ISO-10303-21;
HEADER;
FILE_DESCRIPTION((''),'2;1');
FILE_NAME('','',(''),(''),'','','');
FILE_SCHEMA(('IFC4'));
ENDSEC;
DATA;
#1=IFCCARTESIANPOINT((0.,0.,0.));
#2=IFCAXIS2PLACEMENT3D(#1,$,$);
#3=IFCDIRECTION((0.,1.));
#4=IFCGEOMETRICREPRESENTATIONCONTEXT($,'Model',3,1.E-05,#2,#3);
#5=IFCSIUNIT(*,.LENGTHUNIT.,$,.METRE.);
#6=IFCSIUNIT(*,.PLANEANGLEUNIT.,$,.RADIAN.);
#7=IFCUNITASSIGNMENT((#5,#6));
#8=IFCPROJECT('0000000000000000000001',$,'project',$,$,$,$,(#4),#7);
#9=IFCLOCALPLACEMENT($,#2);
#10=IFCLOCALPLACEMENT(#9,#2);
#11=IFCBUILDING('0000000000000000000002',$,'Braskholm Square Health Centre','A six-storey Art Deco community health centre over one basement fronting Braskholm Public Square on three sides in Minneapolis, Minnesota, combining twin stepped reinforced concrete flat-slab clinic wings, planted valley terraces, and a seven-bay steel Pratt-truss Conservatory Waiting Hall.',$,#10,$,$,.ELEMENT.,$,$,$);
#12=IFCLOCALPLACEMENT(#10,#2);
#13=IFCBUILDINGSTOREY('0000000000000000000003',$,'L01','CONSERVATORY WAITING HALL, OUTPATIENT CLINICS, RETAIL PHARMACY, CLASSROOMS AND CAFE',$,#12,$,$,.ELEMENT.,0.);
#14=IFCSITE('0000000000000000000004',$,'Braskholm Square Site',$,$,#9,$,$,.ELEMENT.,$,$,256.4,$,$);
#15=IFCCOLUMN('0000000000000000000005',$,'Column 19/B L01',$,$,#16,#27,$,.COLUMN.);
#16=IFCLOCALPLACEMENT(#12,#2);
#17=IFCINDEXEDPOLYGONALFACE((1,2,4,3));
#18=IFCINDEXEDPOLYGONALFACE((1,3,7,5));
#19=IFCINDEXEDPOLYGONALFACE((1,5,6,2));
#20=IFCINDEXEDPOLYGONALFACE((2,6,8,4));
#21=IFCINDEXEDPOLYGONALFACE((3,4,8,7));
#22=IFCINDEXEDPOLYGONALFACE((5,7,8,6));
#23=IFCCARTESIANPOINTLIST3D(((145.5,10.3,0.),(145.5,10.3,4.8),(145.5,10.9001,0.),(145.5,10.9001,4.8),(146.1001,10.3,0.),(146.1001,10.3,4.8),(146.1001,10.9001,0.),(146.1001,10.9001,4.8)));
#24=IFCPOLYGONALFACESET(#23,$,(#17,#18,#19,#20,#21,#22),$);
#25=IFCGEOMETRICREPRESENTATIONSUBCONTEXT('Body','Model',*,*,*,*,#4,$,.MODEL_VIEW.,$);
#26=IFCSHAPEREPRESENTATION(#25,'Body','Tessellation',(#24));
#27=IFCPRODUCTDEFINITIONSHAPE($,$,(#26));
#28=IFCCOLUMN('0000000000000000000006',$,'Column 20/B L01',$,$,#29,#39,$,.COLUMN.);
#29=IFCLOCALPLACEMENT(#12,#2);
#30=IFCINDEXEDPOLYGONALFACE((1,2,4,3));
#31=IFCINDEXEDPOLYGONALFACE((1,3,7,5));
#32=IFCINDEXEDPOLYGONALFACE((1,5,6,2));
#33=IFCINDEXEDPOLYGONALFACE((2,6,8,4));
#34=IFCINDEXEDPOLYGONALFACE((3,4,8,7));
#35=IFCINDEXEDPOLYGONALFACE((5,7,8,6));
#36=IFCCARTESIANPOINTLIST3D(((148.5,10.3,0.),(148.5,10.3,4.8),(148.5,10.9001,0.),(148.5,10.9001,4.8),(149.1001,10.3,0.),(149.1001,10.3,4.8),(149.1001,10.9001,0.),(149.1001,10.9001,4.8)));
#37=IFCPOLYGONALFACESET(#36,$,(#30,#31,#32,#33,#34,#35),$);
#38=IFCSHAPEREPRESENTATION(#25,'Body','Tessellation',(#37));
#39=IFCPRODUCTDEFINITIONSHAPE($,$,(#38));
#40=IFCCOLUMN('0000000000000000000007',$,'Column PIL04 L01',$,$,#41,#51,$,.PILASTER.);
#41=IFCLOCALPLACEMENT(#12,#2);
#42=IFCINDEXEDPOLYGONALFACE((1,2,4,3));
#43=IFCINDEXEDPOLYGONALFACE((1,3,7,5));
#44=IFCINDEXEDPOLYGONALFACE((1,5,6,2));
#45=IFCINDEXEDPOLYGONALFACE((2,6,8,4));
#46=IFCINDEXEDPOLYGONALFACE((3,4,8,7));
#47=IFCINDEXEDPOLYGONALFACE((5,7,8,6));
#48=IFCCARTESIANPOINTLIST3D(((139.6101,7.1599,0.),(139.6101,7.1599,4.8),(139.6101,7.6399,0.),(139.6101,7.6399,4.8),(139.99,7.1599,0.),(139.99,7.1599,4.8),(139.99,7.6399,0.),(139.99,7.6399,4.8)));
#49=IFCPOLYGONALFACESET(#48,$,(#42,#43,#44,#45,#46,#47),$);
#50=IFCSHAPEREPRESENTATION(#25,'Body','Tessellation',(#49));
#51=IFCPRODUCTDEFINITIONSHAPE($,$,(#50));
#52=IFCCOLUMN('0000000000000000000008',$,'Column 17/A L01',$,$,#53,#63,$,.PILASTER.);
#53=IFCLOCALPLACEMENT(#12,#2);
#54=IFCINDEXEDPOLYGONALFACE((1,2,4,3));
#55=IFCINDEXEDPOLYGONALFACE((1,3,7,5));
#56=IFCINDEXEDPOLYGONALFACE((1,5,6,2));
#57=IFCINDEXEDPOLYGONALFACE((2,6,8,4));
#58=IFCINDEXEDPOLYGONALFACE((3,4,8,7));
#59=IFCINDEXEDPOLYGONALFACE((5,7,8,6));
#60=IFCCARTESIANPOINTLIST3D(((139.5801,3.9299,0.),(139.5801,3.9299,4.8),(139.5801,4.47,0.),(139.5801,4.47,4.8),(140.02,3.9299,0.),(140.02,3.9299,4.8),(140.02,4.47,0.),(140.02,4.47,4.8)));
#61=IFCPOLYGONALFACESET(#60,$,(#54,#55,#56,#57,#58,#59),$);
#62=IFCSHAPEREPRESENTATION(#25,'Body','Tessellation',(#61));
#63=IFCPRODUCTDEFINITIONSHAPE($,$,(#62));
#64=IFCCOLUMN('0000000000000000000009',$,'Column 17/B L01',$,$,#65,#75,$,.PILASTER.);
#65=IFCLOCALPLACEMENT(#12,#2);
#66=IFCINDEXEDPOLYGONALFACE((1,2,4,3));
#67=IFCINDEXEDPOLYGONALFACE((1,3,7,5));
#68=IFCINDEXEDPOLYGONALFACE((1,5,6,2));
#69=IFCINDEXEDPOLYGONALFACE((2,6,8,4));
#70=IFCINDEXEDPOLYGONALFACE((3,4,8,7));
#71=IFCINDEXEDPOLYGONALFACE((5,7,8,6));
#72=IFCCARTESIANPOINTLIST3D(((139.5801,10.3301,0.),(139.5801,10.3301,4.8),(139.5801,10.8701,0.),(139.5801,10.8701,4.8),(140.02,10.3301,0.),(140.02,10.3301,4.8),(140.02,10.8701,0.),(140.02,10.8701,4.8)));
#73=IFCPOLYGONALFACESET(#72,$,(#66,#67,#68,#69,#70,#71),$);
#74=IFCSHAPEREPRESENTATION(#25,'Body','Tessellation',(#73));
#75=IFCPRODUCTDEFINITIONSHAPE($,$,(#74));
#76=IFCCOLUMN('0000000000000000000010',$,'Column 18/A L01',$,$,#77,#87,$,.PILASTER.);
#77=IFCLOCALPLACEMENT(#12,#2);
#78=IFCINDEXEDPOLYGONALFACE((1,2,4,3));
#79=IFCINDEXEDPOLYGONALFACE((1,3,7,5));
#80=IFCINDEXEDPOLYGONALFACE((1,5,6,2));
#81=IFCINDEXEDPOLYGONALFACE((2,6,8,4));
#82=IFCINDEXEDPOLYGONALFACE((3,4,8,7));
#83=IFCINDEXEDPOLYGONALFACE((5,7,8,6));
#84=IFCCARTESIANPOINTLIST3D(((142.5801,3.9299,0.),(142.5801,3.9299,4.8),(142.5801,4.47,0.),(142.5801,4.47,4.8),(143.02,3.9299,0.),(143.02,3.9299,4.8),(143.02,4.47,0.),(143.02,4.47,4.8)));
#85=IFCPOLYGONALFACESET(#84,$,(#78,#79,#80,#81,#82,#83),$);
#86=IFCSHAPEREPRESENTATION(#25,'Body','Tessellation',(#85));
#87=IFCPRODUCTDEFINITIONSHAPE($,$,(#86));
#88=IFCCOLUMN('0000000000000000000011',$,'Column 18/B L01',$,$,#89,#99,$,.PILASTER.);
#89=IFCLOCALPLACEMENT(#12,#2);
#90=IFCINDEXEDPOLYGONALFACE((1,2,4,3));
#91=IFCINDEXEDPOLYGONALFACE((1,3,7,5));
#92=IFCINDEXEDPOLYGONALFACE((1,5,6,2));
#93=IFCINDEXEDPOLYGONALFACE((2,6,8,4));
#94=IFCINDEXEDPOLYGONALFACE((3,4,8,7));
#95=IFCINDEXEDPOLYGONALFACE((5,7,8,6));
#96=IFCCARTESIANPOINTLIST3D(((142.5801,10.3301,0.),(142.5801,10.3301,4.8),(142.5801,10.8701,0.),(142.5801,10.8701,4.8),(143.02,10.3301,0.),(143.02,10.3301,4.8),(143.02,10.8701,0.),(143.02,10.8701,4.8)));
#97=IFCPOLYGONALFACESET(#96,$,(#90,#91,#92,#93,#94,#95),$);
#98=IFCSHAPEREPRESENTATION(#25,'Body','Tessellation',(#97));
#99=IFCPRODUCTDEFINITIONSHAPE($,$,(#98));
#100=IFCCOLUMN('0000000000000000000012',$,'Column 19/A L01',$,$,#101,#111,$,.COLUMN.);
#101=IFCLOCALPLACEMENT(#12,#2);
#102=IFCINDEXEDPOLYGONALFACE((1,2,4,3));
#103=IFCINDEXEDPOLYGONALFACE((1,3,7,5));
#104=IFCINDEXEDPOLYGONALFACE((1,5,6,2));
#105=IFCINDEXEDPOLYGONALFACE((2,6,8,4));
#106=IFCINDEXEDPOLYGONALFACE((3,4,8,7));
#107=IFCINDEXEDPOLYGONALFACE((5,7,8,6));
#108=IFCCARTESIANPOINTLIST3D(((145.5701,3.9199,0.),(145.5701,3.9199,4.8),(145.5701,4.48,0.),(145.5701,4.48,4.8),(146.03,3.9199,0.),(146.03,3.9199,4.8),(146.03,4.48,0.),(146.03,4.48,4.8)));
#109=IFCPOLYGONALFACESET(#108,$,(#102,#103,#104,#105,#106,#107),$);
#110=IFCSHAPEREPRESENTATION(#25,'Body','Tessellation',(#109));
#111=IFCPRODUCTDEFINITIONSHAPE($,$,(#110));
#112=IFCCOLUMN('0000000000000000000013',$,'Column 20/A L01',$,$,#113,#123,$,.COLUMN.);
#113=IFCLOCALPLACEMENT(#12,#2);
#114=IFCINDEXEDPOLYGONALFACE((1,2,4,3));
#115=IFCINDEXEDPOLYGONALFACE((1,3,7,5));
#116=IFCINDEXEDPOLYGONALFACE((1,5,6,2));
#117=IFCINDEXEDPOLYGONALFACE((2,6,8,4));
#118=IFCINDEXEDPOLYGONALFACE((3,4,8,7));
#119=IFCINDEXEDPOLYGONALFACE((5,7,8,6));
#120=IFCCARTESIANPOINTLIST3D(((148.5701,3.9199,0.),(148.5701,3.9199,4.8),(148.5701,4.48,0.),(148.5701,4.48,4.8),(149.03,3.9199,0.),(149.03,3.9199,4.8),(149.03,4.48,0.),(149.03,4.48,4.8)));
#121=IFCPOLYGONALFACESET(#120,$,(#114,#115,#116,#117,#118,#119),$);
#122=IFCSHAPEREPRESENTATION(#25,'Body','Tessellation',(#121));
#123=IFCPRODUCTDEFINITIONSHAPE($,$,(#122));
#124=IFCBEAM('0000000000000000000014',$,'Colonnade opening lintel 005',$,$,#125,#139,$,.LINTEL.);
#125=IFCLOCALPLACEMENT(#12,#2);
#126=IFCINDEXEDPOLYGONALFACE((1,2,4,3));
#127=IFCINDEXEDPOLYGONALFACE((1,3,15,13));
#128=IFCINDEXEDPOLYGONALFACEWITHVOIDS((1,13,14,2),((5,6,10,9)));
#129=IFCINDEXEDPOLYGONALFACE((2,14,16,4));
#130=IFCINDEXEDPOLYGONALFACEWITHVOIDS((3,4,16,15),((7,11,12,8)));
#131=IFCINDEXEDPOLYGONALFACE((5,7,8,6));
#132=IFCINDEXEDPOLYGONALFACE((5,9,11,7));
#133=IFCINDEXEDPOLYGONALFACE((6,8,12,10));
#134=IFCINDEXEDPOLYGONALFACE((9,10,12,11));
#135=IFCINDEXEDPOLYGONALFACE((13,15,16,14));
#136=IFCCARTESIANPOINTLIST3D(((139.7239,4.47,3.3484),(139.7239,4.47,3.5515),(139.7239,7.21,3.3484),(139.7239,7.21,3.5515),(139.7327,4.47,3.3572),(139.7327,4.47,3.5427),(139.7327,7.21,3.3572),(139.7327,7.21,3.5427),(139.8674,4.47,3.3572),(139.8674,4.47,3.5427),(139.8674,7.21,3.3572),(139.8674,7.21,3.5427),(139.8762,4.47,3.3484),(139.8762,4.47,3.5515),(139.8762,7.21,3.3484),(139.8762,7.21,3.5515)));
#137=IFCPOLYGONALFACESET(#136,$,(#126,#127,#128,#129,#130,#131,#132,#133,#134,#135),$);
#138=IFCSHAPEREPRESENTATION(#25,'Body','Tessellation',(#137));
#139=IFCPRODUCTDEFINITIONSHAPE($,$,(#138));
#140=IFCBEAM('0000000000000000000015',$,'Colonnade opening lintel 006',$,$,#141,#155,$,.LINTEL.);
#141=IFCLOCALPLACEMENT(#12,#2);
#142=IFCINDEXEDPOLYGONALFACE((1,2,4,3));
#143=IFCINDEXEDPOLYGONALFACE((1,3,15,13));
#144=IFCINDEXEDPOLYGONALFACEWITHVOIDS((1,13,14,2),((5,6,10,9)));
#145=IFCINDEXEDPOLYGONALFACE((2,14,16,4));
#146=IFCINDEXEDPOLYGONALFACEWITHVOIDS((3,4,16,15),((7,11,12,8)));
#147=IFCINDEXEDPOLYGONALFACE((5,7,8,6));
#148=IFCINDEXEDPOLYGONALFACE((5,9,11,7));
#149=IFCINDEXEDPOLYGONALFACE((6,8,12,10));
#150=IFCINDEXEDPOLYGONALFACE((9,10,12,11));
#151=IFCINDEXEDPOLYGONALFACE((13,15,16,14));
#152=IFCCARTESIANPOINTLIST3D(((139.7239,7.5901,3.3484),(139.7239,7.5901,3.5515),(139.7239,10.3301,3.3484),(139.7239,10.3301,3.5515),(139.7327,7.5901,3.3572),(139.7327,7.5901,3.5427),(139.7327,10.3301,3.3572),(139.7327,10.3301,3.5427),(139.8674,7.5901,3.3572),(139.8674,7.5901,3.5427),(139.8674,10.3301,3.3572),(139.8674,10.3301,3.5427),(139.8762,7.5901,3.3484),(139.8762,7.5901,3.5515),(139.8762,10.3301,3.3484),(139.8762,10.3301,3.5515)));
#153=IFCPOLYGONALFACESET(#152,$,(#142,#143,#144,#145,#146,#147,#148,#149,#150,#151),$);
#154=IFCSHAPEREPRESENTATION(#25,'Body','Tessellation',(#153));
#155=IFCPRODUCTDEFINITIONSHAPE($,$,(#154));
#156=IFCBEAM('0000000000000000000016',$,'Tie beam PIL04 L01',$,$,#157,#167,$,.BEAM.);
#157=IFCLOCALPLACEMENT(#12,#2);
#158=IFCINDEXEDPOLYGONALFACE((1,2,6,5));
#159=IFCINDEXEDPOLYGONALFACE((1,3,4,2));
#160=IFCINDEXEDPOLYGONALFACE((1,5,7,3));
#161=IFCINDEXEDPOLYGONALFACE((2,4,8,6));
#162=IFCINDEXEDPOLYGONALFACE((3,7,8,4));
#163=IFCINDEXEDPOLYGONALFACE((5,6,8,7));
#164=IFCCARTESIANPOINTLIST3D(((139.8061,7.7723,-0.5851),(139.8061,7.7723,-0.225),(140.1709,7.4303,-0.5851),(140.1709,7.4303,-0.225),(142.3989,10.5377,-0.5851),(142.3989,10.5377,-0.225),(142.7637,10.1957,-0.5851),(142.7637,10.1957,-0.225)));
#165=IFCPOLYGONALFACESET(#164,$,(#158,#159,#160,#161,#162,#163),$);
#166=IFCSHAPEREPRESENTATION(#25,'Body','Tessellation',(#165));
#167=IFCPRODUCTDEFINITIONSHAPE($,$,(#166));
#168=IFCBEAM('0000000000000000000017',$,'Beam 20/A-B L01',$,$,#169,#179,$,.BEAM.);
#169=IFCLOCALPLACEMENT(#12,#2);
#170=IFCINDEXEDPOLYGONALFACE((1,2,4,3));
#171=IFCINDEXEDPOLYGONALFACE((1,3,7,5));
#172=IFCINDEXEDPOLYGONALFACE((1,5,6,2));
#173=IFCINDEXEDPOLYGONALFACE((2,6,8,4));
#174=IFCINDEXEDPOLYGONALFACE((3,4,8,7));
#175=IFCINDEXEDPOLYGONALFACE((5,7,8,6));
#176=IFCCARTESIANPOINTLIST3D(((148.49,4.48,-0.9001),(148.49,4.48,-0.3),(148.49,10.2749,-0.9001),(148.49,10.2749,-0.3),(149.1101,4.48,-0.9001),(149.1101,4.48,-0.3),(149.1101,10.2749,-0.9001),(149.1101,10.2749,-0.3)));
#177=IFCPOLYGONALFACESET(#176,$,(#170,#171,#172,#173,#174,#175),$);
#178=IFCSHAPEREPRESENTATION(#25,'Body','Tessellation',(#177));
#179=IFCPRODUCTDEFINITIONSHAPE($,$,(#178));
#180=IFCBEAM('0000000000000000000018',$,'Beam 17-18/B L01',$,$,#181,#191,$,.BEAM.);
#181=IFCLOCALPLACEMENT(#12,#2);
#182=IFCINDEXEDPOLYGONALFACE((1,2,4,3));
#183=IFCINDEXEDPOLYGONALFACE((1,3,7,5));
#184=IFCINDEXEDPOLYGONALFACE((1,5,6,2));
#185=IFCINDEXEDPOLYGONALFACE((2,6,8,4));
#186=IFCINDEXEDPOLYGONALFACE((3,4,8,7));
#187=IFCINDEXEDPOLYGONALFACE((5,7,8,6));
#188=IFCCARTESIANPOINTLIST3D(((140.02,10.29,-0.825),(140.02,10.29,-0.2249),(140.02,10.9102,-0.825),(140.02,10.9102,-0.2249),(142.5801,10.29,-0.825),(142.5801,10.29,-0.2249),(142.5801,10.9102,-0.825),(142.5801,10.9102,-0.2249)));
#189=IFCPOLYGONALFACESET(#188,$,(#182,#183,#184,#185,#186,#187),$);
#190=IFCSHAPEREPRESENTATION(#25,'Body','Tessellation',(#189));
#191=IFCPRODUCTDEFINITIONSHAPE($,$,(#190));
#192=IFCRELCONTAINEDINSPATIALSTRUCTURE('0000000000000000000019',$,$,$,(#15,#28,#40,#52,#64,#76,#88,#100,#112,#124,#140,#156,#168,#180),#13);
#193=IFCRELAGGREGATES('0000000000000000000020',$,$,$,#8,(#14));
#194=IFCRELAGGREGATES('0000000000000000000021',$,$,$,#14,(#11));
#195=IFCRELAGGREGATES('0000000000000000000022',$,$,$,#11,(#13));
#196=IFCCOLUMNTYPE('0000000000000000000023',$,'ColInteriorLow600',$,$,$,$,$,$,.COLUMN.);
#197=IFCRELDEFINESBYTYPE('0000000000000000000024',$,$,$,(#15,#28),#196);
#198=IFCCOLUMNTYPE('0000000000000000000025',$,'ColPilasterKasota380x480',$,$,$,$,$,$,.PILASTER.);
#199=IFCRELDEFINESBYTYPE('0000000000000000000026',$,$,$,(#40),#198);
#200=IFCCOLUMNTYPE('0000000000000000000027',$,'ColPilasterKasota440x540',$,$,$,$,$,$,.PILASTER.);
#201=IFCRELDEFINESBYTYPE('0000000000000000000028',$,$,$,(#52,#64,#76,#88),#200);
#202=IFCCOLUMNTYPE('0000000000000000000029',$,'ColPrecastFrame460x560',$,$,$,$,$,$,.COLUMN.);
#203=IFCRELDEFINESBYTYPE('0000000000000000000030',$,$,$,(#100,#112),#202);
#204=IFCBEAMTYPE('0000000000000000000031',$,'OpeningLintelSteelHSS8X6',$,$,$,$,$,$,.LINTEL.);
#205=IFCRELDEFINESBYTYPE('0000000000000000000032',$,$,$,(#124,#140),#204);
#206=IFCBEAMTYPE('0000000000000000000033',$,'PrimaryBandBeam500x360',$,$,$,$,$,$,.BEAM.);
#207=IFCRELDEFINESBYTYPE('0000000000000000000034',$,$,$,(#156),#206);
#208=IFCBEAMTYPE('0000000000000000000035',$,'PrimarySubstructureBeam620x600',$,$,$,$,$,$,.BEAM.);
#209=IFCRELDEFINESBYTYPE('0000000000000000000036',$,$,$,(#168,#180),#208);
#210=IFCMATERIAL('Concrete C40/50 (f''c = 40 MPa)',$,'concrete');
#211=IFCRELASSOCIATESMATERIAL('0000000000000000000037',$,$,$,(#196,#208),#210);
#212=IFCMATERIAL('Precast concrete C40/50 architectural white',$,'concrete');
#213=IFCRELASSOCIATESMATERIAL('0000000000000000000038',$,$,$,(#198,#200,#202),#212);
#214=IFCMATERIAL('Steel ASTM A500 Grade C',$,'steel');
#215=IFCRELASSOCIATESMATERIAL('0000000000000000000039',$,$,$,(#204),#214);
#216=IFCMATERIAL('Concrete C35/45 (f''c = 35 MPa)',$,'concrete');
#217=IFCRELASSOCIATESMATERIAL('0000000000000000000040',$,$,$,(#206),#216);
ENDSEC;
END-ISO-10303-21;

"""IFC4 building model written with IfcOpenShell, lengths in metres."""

from ifc_helpers import new_model, si_unit, direction, frame, origin, origin_2d, place, context, subcontext, project, spatial, rectangle, hollow_rectangle, extrude, material, material_profile, profile_set, type_object, element, save


model = new_model("IFC4")

# Units and contexts
model_context = context("Model", 3, precision=1e-05, world=origin(), true_north=direction((0.0, 1.0)))
body_context = subcontext(model_context, "Body", "Model", "MODEL_VIEW")
ifc_project = project(units=[si_unit("LENGTHUNIT", "METRE"), si_unit("PLANEANGLEUNIT", "RADIAN")], contexts=[model_context])

# Site, building, storey
site_placement = place(None, origin())
site = spatial("IfcSite", under=ifc_project, at=site_placement, Name="Braskholm Square Site", CompositionType="ELEMENT", RefElevation=256.4)
building_placement = place(site_placement, origin())
building = spatial("IfcBuilding", under=site, at=building_placement, Name="Braskholm Square Health Centre", Description="A six-storey Art Deco community health centre over one basement fronting Braskholm Public Square on three sides in Minneapolis, Minnesota, combining twin stepped reinforced concrete flat-slab clinic wings, planted valley terraces, and a seven-bay steel Pratt-truss Conservatory Waiting Hall.", CompositionType="ELEMENT")
storey_placement = place(building_placement, origin())
storey = spatial("IfcBuildingStorey", under=building, at=storey_placement, Name="L01", Description="CONSERVATORY WAITING HALL, OUTPATIENT CLINICS, RETAIL PHARMACY, CLASSROOMS AND CAFE", CompositionType="ELEMENT", Elevation=0.0)

# Columns
ifc_material_1 = material(Name="Concrete C40/50 (f'c = 40 MPa)", Category="concrete")
ifc_material_profile_1 = material_profile(ifc_material_1, rectangle(XDim=0.6001, YDim=0.6001, at=origin_2d()), Name="RC-600X600")
ifc_profile_set_1 = profile_set([ifc_material_profile_1], Name="Concrete C40/50 (f'c = 40 MPa)")
column_type_1 = type_object("IfcColumnType", Name="ColInteriorLow600", PredefinedType="COLUMN", material=ifc_profile_set_1)
for number, where, z_axis, x_axis, name in (
    (1, (145.8, 10.6001, 0.0), (0.0, 0.0, 1.0), (1.0, 0.0, 0.0), "Column 19/B L01"),
    (2, (148.8, 10.6001, 0.0), (0.0, 0.0, 1.0), (1.0, 0.0, 0.0), "Column 20/B L01"),
):
    element("IfcColumn", number, at=place(storey_placement, frame(where, z_axis=z_axis, x_axis=x_axis)), inside=storey, type_object=column_type_1, Name=name, PredefinedType="COLUMN", context=body_context, shape_type="SweptSolid", body=[
        extrude(rectangle(XDim=0.6001, YDim=0.6001, at=origin_2d()), origin(), (0.0, 0.0, 1.0), 4.8),
    ])
ifc_material_2 = material(Name="Precast concrete C40/50 architectural white", Category="concrete")
ifc_material_profile_2 = material_profile(ifc_material_2, rectangle(XDim=0.3799, YDim=0.48, at=origin_2d()), Name="RC-380X480")
ifc_profile_set_2 = profile_set([ifc_material_profile_2], Name="Precast concrete C40/50 architectural white")
column_type_2 = type_object("IfcColumnType", Name="ColPilasterKasota380x480", PredefinedType="PILASTER", material=ifc_profile_set_2)
column_placement = place(storey_placement, frame((139.8, 7.3999, 0.0), z_axis=(0.0, 0.0, 1.0), x_axis=(1.0, 0.0, 0.0)))
element("IfcColumn", 3, at=column_placement, inside=storey, type_object=column_type_2, Name="Column PIL04 L01", PredefinedType="PILASTER", context=body_context, shape_type="SweptSolid", body=[
    extrude(rectangle(XDim=0.3799, YDim=0.48, at=origin_2d()), origin(), (0.0, 0.0, 1.0), 4.8),
])
ifc_material_profile_3 = material_profile(ifc_material_2, rectangle(XDim=0.4399, YDim=0.54, at=origin_2d()), Name="RC-440X540")
ifc_profile_set_3 = profile_set([ifc_material_profile_3], Name="Precast concrete C40/50 architectural white")
column_type_3 = type_object("IfcColumnType", Name="ColPilasterKasota440x540", PredefinedType="PILASTER", material=ifc_profile_set_3)
for number, where, z_axis, x_axis, name in (
    (4, (139.8, 4.2, 0.0), (0.0, 0.0, 1.0), (1.0, 0.0, 0.0), "Column 17/A L01"),
    (5, (139.8, 10.6001, 0.0), (0.0, 0.0, 1.0), (1.0, 0.0, 0.0), "Column 17/B L01"),
    (6, (142.8, 4.2, 0.0), (0.0, 0.0, 1.0), (1.0, 0.0, 0.0), "Column 18/A L01"),
    (7, (142.8, 10.6001, 0.0), (0.0, 0.0, 1.0), (1.0, 0.0, 0.0), "Column 18/B L01"),
):
    element("IfcColumn", number, at=place(storey_placement, frame(where, z_axis=z_axis, x_axis=x_axis)), inside=storey, type_object=column_type_3, Name=name, PredefinedType="PILASTER", context=body_context, shape_type="SweptSolid", body=[
        extrude(rectangle(XDim=0.4399, YDim=0.54, at=origin_2d()), origin(), (0.0, 0.0, 1.0), 4.8),
    ])
ifc_material_profile_4 = material_profile(ifc_material_2, rectangle(XDim=0.46, YDim=0.5601, at=origin_2d()), Name="RC-460X560")
ifc_profile_set_4 = profile_set([ifc_material_profile_4], Name="Precast concrete C40/50 architectural white")
column_type_4 = type_object("IfcColumnType", Name="ColPrecastFrame460x560", PredefinedType="COLUMN", material=ifc_profile_set_4)
for number, where, z_axis, x_axis, name in (
    (8, (145.8, 4.2, 0.0), (0.0, 0.0, 1.0), (1.0, 0.0, 0.0), "Column 19/A L01"),
    (9, (148.8, 4.2, 0.0), (0.0, 0.0, 1.0), (1.0, 0.0, 0.0), "Column 20/A L01"),
):
    element("IfcColumn", number, at=place(storey_placement, frame(where, z_axis=z_axis, x_axis=x_axis)), inside=storey, type_object=column_type_4, Name=name, PredefinedType="COLUMN", context=body_context, shape_type="SweptSolid", body=[
        extrude(rectangle(XDim=0.46, YDim=0.5601, at=origin_2d()), origin(), (0.0, 0.0, 1.0), 4.8),
    ])

# Beams
ifc_material_3 = material(Name="Steel ASTM A500 Grade C", Category="steel")
ifc_material_profile_5 = material_profile(ifc_material_3, hollow_rectangle(XDim=0.1523, YDim=0.2031, WallThickness=0.0088, at=origin_2d()), Name="HSS8X6X3/8")
ifc_profile_set_5 = profile_set([ifc_material_profile_5], Name="Steel ASTM A500 Grade C")
beam_type_1 = type_object("IfcBeamType", Name="OpeningLintelSteelHSS8X6", PredefinedType="LINTEL", material=ifc_profile_set_5)
for number, where, z_axis, x_axis, name in (
    (10, (139.8, 4.47, 3.45), (0.0, 1.0, 0.0), (-1.0, 0.0, 0.0), "Colonnade opening lintel 005"),
    (11, (139.8, 7.5901, 3.45), (0.0, 1.0, 0.0), (-1.0, 0.0, 0.0), "Colonnade opening lintel 006"),
):
    element("IfcBeam", number, at=place(storey_placement, frame(where, z_axis=z_axis, x_axis=x_axis)), inside=storey, type_object=beam_type_1, Name=name, PredefinedType="LINTEL", context=body_context, shape_type="SweptSolid", body=[
        extrude(hollow_rectangle(XDim=0.1523, YDim=0.2031, WallThickness=0.0088, at=origin_2d()), origin(), (0.0, 0.0, 1.0), 2.74),
    ])
ifc_material_4 = material(Name="Concrete C35/45 (f'c = 35 MPa)", Category="concrete")
ifc_material_profile_6 = material_profile(ifc_material_4, rectangle(XDim=0.5, YDim=0.3601, at=origin_2d()), Name="RCB-500X360")
ifc_profile_set_6 = profile_set([ifc_material_profile_6], Name="Concrete C35/45 (f'c = 35 MPa)")
beam_type_2 = type_object("IfcBeamType", Name="PrimaryBandBeam500x360", PredefinedType="BEAM", material=ifc_profile_set_6)
beam_1_placement = place(storey_placement, frame((139.9885, 7.6013, -0.405), z_axis=(0.683973, 0.729507, 0.0), x_axis=(-0.729507, 0.683973, 0.0)))
element("IfcBeam", 12, at=beam_1_placement, inside=storey, type_object=beam_type_2, Name="Tie beam PIL04 L01", PredefinedType="BEAM", context=body_context, shape_type="SweptSolid", body=[
    extrude(rectangle(XDim=0.5, YDim=0.3601, at=origin_2d()), origin(), (0.0, 0.0, 1.0), 3.7908),
])
ifc_material_profile_7 = material_profile(ifc_material_1, rectangle(XDim=0.6201, YDim=0.6001, at=origin_2d()), Name="RCB-620X600")
ifc_profile_set_7 = profile_set([ifc_material_profile_7], Name="Concrete C40/50 (f'c = 40 MPa)")
beam_type_3 = type_object("IfcBeamType", Name="PrimarySubstructureBeam620x600", PredefinedType="BEAM", material=ifc_profile_set_7)
beam_2_placement = place(storey_placement, frame((148.8, 4.48, -0.6001), z_axis=(0.0, 1.0, 0.0), x_axis=(-1.0, 0.0, 0.0)))
element("IfcBeam", 13, at=beam_2_placement, inside=storey, type_object=beam_type_3, Name="Beam 20/A-B L01", PredefinedType="BEAM", context=body_context, shape_type="SweptSolid", body=[
    extrude(rectangle(XDim=0.6201, YDim=0.6001, at=origin_2d()), origin(), (0.0, 0.0, 1.0), 5.7949),
])
beam_3_placement = place(storey_placement, frame((140.02, 10.6001, -0.5249), z_axis=(1.0, 0.0, 0.0), x_axis=(0.0, 1.0, 0.0)))
element("IfcBeam", 14, at=beam_3_placement, inside=storey, type_object=beam_type_3, Name="Beam 17-18/B L01", PredefinedType="BEAM", context=body_context, shape_type="SweptSolid", body=[
    extrude(rectangle(XDim=0.6201, YDim=0.6001, at=origin_2d()), origin(), (0.0, 0.0, 1.0), 2.5601),
])

save(model, "model.ifc")
